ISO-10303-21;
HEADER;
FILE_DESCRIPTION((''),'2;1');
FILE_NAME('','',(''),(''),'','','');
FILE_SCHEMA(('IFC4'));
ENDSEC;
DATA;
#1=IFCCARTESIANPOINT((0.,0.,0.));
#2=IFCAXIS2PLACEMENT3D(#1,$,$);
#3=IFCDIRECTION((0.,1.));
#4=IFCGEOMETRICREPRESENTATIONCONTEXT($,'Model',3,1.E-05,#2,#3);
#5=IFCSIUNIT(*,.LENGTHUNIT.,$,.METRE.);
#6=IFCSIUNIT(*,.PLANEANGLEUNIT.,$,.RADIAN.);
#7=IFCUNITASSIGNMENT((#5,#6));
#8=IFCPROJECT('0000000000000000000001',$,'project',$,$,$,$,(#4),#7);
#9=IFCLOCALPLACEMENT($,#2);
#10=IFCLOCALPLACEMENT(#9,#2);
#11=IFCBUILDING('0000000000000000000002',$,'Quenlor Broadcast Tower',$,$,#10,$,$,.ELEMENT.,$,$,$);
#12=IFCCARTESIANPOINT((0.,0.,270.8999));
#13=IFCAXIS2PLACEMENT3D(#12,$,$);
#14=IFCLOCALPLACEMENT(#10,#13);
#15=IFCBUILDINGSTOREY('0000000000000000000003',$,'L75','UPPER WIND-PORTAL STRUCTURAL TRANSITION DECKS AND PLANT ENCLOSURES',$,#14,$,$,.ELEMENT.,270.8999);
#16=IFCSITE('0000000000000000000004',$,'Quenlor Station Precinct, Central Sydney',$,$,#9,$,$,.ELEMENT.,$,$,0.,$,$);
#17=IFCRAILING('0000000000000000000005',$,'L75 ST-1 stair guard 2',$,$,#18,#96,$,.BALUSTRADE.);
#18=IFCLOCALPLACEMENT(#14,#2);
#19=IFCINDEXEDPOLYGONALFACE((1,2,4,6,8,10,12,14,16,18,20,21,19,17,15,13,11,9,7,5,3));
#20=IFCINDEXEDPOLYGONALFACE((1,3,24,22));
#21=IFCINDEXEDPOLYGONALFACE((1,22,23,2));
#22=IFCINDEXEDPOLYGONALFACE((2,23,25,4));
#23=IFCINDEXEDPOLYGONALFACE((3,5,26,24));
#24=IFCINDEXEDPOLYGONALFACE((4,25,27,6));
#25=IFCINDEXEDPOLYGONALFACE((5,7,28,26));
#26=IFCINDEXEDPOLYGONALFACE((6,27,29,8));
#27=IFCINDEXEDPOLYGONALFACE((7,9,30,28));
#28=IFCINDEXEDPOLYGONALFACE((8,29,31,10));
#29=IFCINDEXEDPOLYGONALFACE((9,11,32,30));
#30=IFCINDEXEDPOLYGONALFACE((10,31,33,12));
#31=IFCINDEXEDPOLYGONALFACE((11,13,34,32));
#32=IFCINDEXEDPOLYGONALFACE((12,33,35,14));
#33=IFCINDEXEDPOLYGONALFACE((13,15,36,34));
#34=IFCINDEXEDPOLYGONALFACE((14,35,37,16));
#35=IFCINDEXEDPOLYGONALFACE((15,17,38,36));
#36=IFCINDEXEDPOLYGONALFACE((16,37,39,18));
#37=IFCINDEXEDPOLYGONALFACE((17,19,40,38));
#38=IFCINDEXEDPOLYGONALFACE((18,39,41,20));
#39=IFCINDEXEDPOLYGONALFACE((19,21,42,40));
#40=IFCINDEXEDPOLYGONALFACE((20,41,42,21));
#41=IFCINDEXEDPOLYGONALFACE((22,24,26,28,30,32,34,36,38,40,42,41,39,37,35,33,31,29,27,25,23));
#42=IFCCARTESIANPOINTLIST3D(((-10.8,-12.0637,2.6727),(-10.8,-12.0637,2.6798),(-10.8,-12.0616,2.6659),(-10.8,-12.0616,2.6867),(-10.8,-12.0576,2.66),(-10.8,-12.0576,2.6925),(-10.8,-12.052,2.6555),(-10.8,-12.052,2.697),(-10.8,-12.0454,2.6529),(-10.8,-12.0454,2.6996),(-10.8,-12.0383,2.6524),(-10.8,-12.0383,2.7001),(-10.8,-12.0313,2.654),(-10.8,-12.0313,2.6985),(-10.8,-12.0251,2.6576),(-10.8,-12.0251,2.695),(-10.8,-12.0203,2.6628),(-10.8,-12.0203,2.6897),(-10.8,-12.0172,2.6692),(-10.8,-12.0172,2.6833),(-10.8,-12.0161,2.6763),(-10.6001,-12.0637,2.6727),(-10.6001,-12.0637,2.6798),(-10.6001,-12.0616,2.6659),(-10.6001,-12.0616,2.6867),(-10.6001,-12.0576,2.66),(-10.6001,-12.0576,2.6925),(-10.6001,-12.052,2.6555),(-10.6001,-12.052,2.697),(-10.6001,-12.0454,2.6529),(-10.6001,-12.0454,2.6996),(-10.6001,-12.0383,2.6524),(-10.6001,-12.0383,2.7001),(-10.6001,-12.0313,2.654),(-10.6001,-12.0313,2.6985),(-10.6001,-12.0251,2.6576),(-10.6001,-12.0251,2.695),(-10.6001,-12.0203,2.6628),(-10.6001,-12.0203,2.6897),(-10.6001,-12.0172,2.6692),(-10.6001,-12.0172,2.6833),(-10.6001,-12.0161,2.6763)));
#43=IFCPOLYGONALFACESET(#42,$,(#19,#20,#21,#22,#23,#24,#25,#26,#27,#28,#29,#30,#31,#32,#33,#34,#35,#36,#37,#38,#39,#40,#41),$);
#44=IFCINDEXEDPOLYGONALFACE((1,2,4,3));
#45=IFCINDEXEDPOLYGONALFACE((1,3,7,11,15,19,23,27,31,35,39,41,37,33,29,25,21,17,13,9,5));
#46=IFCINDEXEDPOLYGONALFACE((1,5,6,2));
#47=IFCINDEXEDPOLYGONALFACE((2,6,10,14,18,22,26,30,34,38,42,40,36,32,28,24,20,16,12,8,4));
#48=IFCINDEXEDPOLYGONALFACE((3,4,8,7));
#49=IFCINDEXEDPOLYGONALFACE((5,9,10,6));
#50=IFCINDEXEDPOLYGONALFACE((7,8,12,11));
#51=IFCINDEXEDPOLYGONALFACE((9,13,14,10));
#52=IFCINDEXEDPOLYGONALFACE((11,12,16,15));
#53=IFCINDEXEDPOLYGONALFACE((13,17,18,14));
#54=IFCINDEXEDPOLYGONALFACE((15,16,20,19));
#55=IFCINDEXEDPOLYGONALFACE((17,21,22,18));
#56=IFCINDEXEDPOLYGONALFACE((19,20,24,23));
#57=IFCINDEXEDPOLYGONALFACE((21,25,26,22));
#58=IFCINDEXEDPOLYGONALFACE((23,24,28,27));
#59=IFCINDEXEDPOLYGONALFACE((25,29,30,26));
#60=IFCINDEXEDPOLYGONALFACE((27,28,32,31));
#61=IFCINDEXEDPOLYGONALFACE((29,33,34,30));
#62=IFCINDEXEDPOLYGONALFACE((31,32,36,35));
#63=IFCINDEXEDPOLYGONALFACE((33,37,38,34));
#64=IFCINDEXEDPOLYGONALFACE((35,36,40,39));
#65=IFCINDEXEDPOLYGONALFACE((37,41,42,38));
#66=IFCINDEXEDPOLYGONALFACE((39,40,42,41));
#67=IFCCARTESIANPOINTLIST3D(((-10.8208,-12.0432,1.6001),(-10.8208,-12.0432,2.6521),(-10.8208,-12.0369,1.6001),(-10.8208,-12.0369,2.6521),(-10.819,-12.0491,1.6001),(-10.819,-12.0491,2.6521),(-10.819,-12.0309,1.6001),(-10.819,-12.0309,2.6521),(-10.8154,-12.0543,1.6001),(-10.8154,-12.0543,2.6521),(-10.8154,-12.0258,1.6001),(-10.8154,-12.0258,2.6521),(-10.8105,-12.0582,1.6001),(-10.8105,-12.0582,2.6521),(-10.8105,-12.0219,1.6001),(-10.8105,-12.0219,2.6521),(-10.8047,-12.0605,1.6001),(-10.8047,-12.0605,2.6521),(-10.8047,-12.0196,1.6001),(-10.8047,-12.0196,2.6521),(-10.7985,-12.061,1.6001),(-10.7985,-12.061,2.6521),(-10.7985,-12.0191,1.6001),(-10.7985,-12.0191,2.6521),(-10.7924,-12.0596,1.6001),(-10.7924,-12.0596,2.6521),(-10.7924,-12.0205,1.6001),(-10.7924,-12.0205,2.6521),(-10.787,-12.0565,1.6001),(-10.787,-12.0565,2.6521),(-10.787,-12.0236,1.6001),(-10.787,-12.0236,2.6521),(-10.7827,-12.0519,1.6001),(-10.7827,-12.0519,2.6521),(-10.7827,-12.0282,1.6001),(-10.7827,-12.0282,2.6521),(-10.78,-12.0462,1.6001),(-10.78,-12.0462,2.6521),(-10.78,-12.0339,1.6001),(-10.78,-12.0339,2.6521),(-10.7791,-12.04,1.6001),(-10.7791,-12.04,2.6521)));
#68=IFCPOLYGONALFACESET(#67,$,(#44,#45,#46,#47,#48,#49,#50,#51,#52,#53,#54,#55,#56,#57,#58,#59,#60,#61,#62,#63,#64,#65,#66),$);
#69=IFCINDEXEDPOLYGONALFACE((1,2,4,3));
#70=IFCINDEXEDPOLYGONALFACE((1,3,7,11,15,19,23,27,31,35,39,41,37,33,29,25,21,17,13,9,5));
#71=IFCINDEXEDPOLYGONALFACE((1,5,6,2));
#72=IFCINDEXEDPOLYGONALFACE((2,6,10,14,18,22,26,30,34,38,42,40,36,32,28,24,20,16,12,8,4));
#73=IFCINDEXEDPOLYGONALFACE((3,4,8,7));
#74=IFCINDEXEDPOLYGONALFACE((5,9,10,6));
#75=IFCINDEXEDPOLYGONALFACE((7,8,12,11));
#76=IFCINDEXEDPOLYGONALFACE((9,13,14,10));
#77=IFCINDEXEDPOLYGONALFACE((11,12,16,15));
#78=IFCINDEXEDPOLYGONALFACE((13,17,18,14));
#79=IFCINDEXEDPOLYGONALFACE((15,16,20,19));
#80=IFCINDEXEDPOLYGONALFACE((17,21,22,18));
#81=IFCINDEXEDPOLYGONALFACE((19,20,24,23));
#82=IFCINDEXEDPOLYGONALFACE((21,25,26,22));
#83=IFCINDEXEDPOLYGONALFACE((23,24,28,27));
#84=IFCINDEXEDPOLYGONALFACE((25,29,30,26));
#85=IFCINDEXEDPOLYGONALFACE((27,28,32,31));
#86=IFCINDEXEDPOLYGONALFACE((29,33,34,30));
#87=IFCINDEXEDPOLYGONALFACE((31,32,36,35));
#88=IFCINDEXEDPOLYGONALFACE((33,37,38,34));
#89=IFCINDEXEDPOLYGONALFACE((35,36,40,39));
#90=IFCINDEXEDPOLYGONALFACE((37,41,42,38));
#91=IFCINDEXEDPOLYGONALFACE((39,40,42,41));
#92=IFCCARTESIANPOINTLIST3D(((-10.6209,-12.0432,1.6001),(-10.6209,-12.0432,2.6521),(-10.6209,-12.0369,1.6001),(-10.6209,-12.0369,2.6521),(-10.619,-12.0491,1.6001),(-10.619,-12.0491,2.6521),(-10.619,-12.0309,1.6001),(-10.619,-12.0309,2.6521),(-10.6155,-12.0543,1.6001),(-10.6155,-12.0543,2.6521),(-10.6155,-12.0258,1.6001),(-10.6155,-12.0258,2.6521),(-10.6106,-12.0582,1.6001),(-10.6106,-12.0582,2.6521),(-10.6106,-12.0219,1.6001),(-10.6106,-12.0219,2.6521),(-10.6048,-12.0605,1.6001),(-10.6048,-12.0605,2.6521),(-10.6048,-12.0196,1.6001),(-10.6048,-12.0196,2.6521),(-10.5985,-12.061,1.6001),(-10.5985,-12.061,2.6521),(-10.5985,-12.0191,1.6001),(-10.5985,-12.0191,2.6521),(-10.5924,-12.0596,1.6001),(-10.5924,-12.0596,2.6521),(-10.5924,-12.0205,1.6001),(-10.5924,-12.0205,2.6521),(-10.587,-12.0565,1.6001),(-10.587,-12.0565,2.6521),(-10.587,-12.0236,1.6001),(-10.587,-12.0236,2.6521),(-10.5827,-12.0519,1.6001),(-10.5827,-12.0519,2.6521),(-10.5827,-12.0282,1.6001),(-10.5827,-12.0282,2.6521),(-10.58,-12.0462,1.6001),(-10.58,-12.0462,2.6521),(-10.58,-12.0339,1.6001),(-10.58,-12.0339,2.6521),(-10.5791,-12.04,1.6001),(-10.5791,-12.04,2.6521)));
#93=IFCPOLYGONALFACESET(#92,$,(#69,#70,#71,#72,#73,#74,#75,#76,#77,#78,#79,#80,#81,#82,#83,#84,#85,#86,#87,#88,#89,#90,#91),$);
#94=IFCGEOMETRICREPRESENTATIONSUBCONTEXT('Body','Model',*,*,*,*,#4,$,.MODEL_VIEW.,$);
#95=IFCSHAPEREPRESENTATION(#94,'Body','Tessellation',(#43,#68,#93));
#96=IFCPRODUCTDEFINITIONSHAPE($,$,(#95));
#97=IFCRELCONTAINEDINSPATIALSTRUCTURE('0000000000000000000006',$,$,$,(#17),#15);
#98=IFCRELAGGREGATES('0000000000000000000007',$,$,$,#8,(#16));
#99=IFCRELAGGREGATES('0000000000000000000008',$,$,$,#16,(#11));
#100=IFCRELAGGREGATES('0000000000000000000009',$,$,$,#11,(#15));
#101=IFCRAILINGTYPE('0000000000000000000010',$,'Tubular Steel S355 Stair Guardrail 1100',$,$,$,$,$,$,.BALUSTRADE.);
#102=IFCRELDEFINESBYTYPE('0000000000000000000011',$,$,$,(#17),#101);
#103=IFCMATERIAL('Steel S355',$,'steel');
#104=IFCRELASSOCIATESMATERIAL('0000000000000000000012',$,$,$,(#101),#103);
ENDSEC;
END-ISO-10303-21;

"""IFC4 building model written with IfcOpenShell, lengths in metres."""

from ifc_helpers import new_model, si_unit, direction, frame, origin, origin_2d, place, context, subcontext, project, spatial, circle, extrude, material, type_object, element, save


model = new_model("IFC4")

# Units and contexts
model_context = context("Model", 3, precision=1e-05, world=origin(), true_north=direction((0.0, 1.0)))
body_context = subcontext(model_context, "Body", "Model", "MODEL_VIEW")
ifc_project = project(units=[si_unit("LENGTHUNIT", "METRE"), si_unit("PLANEANGLEUNIT", "RADIAN")], contexts=[model_context])

# Site, building, storey
site_placement = place(None, origin())
site = spatial("IfcSite", under=ifc_project, at=site_placement, Name="Quenlor Station Precinct, Central Sydney", CompositionType="ELEMENT", RefElevation=0.0)
building_placement = place(site_placement, origin())
building = spatial("IfcBuilding", under=site, at=building_placement, Name="Quenlor Broadcast Tower", CompositionType="ELEMENT")
storey_placement = place(building_placement, frame((0.0, 0.0, 270.8999)))
storey = spatial("IfcBuildingStorey", under=building, at=storey_placement, Name="L75", Description="UPPER WIND-PORTAL STRUCTURAL TRANSITION DECKS AND PLANT ENCLOSURES", CompositionType="ELEMENT", Elevation=270.8999)

# Railing
ifc_material_1 = material(Name="Steel S355", Category="steel")
railing_type_1 = type_object("IfcRailingType", Name="Tubular Steel S355 Stair Guardrail 1100", PredefinedType="BALUSTRADE", material=ifc_material_1)
railing_1_placement = place(storey_placement, frame((-10.8, -12.04, 1.6001)))
element("IfcRailing", 1, at=railing_1_placement, inside=storey, type_object=railing_type_1, Name="L75 ST-1 stair guard 2", PredefinedType="BALUSTRADE", context=body_context, shape_type="SweptSolid", body=[
    extrude(circle(Radius=0.0239, at=origin_2d()), frame((0.0, 0.0, 1.0762), z_axis=(1.0, 0.0, 0.0), x_axis=(0.0, 1.0, 0.0)), (0.0, 0.0, 1.0), 0.2),
    extrude(circle(Radius=0.021, at=origin_2d()), origin(), (0.0, 0.0, 1.0), 1.052),
    extrude(circle(Radius=0.021, at=origin_2d()), frame((0.2, 0.0, 0.0)), (0.0, 0.0, 1.0), 1.052),
])

save(model, "model.ifc")
